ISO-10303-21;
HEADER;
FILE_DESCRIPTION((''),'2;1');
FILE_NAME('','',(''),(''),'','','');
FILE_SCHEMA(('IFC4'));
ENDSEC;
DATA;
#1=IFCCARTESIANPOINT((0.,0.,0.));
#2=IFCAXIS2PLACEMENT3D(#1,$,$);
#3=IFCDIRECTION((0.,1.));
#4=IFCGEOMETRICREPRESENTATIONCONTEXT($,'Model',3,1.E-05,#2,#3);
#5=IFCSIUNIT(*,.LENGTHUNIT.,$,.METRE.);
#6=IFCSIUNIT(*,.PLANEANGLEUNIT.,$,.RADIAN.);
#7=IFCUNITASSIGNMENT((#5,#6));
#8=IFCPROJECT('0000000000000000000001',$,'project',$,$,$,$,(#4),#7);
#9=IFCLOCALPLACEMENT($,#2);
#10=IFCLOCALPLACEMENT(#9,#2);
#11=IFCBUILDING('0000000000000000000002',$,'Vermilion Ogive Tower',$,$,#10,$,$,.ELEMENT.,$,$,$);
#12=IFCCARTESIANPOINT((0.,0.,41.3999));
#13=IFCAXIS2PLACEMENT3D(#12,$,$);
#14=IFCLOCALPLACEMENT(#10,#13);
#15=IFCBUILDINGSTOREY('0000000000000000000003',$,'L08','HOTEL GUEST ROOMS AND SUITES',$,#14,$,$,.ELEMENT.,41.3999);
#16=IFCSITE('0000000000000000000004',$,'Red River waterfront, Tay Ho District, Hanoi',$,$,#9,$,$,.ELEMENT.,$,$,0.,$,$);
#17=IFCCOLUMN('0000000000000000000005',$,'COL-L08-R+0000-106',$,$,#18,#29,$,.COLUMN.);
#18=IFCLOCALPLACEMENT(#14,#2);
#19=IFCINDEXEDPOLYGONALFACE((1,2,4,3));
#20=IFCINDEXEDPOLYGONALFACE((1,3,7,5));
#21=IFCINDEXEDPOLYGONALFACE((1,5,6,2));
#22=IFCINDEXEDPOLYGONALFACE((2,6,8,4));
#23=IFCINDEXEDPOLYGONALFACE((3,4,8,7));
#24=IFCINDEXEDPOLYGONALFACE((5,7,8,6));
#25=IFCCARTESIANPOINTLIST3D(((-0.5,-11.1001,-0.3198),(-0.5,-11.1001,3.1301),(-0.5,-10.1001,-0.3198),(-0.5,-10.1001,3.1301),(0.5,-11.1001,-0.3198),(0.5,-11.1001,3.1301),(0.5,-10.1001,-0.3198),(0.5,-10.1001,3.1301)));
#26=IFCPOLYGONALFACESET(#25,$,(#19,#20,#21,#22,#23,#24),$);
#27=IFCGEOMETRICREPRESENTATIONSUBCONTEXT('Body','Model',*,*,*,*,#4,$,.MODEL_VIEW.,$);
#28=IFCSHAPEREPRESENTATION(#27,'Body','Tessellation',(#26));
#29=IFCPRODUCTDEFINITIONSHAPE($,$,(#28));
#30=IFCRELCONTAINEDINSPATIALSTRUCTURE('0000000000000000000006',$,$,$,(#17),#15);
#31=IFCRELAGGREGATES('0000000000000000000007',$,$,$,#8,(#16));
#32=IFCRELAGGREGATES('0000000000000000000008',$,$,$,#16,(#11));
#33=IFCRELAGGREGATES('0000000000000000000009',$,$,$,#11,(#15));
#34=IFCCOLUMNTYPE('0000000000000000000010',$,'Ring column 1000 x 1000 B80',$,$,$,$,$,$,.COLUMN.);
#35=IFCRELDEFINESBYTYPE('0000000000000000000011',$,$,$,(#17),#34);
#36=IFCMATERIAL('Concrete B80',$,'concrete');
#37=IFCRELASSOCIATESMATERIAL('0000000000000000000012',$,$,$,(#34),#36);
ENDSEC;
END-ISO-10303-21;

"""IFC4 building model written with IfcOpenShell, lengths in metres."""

from ifc_helpers import new_model, si_unit, direction, frame, origin, origin_2d, place, context, subcontext, project, spatial, rectangle, extrude, material, material_profile, profile_set, type_object, element, save


model = new_model("IFC4")

# Units and contexts
model_context = context("Model", 3, precision=1e-05, world=origin(), true_north=direction((0.0, 1.0)))
body_context = subcontext(model_context, "Body", "Model", "MODEL_VIEW")
ifc_project = project(units=[si_unit("LENGTHUNIT", "METRE"), si_unit("PLANEANGLEUNIT", "RADIAN")], contexts=[model_context])

# Site, building, storey
site_placement = place(None, origin())
site = spatial("IfcSite", under=ifc_project, at=site_placement, Name="Red River waterfront, Tay Ho District, Hanoi", CompositionType="ELEMENT", RefElevation=0.0)
building_placement = place(site_placement, origin())
building = spatial("IfcBuilding", under=site, at=building_placement, Name="Vermilion Ogive Tower", CompositionType="ELEMENT")
storey_placement = place(building_placement, frame((0.0, 0.0, 41.3999)))
storey = spatial("IfcBuildingStorey", under=building, at=storey_placement, Name="L08", Description="HOTEL GUEST ROOMS AND SUITES", CompositionType="ELEMENT", Elevation=41.3999)

# Column
ifc_material_1 = material(Name="Concrete B80", Category="concrete")
ifc_material_profile = material_profile(ifc_material_1, rectangle(XDim=1.0, YDim=1.0, at=origin_2d()), Name="1000 x 1000")
ifc_profile_set = profile_set([ifc_material_profile], Name="Concrete B80")
column_type = type_object("IfcColumnType", Name="Ring column 1000 x 1000 B80", PredefinedType="COLUMN", material=ifc_profile_set)
column_placement = place(storey_placement, frame((0.0, -10.6001, -0.3198), z_axis=(0.0, 0.0, 1.0), x_axis=(1.0, 0.0, 0.0)))
element("IfcColumn", 1, at=column_placement, inside=storey, type_object=column_type, Name="COL-L08-R+0000-106", PredefinedType="COLUMN", context=body_context, shape_type="SweptSolid", body=[
    extrude(rectangle(XDim=1.0, YDim=1.0, at=origin_2d()), origin(), (0.0, 0.0, 1.0), 3.45),
])

save(model, "model.ifc")
